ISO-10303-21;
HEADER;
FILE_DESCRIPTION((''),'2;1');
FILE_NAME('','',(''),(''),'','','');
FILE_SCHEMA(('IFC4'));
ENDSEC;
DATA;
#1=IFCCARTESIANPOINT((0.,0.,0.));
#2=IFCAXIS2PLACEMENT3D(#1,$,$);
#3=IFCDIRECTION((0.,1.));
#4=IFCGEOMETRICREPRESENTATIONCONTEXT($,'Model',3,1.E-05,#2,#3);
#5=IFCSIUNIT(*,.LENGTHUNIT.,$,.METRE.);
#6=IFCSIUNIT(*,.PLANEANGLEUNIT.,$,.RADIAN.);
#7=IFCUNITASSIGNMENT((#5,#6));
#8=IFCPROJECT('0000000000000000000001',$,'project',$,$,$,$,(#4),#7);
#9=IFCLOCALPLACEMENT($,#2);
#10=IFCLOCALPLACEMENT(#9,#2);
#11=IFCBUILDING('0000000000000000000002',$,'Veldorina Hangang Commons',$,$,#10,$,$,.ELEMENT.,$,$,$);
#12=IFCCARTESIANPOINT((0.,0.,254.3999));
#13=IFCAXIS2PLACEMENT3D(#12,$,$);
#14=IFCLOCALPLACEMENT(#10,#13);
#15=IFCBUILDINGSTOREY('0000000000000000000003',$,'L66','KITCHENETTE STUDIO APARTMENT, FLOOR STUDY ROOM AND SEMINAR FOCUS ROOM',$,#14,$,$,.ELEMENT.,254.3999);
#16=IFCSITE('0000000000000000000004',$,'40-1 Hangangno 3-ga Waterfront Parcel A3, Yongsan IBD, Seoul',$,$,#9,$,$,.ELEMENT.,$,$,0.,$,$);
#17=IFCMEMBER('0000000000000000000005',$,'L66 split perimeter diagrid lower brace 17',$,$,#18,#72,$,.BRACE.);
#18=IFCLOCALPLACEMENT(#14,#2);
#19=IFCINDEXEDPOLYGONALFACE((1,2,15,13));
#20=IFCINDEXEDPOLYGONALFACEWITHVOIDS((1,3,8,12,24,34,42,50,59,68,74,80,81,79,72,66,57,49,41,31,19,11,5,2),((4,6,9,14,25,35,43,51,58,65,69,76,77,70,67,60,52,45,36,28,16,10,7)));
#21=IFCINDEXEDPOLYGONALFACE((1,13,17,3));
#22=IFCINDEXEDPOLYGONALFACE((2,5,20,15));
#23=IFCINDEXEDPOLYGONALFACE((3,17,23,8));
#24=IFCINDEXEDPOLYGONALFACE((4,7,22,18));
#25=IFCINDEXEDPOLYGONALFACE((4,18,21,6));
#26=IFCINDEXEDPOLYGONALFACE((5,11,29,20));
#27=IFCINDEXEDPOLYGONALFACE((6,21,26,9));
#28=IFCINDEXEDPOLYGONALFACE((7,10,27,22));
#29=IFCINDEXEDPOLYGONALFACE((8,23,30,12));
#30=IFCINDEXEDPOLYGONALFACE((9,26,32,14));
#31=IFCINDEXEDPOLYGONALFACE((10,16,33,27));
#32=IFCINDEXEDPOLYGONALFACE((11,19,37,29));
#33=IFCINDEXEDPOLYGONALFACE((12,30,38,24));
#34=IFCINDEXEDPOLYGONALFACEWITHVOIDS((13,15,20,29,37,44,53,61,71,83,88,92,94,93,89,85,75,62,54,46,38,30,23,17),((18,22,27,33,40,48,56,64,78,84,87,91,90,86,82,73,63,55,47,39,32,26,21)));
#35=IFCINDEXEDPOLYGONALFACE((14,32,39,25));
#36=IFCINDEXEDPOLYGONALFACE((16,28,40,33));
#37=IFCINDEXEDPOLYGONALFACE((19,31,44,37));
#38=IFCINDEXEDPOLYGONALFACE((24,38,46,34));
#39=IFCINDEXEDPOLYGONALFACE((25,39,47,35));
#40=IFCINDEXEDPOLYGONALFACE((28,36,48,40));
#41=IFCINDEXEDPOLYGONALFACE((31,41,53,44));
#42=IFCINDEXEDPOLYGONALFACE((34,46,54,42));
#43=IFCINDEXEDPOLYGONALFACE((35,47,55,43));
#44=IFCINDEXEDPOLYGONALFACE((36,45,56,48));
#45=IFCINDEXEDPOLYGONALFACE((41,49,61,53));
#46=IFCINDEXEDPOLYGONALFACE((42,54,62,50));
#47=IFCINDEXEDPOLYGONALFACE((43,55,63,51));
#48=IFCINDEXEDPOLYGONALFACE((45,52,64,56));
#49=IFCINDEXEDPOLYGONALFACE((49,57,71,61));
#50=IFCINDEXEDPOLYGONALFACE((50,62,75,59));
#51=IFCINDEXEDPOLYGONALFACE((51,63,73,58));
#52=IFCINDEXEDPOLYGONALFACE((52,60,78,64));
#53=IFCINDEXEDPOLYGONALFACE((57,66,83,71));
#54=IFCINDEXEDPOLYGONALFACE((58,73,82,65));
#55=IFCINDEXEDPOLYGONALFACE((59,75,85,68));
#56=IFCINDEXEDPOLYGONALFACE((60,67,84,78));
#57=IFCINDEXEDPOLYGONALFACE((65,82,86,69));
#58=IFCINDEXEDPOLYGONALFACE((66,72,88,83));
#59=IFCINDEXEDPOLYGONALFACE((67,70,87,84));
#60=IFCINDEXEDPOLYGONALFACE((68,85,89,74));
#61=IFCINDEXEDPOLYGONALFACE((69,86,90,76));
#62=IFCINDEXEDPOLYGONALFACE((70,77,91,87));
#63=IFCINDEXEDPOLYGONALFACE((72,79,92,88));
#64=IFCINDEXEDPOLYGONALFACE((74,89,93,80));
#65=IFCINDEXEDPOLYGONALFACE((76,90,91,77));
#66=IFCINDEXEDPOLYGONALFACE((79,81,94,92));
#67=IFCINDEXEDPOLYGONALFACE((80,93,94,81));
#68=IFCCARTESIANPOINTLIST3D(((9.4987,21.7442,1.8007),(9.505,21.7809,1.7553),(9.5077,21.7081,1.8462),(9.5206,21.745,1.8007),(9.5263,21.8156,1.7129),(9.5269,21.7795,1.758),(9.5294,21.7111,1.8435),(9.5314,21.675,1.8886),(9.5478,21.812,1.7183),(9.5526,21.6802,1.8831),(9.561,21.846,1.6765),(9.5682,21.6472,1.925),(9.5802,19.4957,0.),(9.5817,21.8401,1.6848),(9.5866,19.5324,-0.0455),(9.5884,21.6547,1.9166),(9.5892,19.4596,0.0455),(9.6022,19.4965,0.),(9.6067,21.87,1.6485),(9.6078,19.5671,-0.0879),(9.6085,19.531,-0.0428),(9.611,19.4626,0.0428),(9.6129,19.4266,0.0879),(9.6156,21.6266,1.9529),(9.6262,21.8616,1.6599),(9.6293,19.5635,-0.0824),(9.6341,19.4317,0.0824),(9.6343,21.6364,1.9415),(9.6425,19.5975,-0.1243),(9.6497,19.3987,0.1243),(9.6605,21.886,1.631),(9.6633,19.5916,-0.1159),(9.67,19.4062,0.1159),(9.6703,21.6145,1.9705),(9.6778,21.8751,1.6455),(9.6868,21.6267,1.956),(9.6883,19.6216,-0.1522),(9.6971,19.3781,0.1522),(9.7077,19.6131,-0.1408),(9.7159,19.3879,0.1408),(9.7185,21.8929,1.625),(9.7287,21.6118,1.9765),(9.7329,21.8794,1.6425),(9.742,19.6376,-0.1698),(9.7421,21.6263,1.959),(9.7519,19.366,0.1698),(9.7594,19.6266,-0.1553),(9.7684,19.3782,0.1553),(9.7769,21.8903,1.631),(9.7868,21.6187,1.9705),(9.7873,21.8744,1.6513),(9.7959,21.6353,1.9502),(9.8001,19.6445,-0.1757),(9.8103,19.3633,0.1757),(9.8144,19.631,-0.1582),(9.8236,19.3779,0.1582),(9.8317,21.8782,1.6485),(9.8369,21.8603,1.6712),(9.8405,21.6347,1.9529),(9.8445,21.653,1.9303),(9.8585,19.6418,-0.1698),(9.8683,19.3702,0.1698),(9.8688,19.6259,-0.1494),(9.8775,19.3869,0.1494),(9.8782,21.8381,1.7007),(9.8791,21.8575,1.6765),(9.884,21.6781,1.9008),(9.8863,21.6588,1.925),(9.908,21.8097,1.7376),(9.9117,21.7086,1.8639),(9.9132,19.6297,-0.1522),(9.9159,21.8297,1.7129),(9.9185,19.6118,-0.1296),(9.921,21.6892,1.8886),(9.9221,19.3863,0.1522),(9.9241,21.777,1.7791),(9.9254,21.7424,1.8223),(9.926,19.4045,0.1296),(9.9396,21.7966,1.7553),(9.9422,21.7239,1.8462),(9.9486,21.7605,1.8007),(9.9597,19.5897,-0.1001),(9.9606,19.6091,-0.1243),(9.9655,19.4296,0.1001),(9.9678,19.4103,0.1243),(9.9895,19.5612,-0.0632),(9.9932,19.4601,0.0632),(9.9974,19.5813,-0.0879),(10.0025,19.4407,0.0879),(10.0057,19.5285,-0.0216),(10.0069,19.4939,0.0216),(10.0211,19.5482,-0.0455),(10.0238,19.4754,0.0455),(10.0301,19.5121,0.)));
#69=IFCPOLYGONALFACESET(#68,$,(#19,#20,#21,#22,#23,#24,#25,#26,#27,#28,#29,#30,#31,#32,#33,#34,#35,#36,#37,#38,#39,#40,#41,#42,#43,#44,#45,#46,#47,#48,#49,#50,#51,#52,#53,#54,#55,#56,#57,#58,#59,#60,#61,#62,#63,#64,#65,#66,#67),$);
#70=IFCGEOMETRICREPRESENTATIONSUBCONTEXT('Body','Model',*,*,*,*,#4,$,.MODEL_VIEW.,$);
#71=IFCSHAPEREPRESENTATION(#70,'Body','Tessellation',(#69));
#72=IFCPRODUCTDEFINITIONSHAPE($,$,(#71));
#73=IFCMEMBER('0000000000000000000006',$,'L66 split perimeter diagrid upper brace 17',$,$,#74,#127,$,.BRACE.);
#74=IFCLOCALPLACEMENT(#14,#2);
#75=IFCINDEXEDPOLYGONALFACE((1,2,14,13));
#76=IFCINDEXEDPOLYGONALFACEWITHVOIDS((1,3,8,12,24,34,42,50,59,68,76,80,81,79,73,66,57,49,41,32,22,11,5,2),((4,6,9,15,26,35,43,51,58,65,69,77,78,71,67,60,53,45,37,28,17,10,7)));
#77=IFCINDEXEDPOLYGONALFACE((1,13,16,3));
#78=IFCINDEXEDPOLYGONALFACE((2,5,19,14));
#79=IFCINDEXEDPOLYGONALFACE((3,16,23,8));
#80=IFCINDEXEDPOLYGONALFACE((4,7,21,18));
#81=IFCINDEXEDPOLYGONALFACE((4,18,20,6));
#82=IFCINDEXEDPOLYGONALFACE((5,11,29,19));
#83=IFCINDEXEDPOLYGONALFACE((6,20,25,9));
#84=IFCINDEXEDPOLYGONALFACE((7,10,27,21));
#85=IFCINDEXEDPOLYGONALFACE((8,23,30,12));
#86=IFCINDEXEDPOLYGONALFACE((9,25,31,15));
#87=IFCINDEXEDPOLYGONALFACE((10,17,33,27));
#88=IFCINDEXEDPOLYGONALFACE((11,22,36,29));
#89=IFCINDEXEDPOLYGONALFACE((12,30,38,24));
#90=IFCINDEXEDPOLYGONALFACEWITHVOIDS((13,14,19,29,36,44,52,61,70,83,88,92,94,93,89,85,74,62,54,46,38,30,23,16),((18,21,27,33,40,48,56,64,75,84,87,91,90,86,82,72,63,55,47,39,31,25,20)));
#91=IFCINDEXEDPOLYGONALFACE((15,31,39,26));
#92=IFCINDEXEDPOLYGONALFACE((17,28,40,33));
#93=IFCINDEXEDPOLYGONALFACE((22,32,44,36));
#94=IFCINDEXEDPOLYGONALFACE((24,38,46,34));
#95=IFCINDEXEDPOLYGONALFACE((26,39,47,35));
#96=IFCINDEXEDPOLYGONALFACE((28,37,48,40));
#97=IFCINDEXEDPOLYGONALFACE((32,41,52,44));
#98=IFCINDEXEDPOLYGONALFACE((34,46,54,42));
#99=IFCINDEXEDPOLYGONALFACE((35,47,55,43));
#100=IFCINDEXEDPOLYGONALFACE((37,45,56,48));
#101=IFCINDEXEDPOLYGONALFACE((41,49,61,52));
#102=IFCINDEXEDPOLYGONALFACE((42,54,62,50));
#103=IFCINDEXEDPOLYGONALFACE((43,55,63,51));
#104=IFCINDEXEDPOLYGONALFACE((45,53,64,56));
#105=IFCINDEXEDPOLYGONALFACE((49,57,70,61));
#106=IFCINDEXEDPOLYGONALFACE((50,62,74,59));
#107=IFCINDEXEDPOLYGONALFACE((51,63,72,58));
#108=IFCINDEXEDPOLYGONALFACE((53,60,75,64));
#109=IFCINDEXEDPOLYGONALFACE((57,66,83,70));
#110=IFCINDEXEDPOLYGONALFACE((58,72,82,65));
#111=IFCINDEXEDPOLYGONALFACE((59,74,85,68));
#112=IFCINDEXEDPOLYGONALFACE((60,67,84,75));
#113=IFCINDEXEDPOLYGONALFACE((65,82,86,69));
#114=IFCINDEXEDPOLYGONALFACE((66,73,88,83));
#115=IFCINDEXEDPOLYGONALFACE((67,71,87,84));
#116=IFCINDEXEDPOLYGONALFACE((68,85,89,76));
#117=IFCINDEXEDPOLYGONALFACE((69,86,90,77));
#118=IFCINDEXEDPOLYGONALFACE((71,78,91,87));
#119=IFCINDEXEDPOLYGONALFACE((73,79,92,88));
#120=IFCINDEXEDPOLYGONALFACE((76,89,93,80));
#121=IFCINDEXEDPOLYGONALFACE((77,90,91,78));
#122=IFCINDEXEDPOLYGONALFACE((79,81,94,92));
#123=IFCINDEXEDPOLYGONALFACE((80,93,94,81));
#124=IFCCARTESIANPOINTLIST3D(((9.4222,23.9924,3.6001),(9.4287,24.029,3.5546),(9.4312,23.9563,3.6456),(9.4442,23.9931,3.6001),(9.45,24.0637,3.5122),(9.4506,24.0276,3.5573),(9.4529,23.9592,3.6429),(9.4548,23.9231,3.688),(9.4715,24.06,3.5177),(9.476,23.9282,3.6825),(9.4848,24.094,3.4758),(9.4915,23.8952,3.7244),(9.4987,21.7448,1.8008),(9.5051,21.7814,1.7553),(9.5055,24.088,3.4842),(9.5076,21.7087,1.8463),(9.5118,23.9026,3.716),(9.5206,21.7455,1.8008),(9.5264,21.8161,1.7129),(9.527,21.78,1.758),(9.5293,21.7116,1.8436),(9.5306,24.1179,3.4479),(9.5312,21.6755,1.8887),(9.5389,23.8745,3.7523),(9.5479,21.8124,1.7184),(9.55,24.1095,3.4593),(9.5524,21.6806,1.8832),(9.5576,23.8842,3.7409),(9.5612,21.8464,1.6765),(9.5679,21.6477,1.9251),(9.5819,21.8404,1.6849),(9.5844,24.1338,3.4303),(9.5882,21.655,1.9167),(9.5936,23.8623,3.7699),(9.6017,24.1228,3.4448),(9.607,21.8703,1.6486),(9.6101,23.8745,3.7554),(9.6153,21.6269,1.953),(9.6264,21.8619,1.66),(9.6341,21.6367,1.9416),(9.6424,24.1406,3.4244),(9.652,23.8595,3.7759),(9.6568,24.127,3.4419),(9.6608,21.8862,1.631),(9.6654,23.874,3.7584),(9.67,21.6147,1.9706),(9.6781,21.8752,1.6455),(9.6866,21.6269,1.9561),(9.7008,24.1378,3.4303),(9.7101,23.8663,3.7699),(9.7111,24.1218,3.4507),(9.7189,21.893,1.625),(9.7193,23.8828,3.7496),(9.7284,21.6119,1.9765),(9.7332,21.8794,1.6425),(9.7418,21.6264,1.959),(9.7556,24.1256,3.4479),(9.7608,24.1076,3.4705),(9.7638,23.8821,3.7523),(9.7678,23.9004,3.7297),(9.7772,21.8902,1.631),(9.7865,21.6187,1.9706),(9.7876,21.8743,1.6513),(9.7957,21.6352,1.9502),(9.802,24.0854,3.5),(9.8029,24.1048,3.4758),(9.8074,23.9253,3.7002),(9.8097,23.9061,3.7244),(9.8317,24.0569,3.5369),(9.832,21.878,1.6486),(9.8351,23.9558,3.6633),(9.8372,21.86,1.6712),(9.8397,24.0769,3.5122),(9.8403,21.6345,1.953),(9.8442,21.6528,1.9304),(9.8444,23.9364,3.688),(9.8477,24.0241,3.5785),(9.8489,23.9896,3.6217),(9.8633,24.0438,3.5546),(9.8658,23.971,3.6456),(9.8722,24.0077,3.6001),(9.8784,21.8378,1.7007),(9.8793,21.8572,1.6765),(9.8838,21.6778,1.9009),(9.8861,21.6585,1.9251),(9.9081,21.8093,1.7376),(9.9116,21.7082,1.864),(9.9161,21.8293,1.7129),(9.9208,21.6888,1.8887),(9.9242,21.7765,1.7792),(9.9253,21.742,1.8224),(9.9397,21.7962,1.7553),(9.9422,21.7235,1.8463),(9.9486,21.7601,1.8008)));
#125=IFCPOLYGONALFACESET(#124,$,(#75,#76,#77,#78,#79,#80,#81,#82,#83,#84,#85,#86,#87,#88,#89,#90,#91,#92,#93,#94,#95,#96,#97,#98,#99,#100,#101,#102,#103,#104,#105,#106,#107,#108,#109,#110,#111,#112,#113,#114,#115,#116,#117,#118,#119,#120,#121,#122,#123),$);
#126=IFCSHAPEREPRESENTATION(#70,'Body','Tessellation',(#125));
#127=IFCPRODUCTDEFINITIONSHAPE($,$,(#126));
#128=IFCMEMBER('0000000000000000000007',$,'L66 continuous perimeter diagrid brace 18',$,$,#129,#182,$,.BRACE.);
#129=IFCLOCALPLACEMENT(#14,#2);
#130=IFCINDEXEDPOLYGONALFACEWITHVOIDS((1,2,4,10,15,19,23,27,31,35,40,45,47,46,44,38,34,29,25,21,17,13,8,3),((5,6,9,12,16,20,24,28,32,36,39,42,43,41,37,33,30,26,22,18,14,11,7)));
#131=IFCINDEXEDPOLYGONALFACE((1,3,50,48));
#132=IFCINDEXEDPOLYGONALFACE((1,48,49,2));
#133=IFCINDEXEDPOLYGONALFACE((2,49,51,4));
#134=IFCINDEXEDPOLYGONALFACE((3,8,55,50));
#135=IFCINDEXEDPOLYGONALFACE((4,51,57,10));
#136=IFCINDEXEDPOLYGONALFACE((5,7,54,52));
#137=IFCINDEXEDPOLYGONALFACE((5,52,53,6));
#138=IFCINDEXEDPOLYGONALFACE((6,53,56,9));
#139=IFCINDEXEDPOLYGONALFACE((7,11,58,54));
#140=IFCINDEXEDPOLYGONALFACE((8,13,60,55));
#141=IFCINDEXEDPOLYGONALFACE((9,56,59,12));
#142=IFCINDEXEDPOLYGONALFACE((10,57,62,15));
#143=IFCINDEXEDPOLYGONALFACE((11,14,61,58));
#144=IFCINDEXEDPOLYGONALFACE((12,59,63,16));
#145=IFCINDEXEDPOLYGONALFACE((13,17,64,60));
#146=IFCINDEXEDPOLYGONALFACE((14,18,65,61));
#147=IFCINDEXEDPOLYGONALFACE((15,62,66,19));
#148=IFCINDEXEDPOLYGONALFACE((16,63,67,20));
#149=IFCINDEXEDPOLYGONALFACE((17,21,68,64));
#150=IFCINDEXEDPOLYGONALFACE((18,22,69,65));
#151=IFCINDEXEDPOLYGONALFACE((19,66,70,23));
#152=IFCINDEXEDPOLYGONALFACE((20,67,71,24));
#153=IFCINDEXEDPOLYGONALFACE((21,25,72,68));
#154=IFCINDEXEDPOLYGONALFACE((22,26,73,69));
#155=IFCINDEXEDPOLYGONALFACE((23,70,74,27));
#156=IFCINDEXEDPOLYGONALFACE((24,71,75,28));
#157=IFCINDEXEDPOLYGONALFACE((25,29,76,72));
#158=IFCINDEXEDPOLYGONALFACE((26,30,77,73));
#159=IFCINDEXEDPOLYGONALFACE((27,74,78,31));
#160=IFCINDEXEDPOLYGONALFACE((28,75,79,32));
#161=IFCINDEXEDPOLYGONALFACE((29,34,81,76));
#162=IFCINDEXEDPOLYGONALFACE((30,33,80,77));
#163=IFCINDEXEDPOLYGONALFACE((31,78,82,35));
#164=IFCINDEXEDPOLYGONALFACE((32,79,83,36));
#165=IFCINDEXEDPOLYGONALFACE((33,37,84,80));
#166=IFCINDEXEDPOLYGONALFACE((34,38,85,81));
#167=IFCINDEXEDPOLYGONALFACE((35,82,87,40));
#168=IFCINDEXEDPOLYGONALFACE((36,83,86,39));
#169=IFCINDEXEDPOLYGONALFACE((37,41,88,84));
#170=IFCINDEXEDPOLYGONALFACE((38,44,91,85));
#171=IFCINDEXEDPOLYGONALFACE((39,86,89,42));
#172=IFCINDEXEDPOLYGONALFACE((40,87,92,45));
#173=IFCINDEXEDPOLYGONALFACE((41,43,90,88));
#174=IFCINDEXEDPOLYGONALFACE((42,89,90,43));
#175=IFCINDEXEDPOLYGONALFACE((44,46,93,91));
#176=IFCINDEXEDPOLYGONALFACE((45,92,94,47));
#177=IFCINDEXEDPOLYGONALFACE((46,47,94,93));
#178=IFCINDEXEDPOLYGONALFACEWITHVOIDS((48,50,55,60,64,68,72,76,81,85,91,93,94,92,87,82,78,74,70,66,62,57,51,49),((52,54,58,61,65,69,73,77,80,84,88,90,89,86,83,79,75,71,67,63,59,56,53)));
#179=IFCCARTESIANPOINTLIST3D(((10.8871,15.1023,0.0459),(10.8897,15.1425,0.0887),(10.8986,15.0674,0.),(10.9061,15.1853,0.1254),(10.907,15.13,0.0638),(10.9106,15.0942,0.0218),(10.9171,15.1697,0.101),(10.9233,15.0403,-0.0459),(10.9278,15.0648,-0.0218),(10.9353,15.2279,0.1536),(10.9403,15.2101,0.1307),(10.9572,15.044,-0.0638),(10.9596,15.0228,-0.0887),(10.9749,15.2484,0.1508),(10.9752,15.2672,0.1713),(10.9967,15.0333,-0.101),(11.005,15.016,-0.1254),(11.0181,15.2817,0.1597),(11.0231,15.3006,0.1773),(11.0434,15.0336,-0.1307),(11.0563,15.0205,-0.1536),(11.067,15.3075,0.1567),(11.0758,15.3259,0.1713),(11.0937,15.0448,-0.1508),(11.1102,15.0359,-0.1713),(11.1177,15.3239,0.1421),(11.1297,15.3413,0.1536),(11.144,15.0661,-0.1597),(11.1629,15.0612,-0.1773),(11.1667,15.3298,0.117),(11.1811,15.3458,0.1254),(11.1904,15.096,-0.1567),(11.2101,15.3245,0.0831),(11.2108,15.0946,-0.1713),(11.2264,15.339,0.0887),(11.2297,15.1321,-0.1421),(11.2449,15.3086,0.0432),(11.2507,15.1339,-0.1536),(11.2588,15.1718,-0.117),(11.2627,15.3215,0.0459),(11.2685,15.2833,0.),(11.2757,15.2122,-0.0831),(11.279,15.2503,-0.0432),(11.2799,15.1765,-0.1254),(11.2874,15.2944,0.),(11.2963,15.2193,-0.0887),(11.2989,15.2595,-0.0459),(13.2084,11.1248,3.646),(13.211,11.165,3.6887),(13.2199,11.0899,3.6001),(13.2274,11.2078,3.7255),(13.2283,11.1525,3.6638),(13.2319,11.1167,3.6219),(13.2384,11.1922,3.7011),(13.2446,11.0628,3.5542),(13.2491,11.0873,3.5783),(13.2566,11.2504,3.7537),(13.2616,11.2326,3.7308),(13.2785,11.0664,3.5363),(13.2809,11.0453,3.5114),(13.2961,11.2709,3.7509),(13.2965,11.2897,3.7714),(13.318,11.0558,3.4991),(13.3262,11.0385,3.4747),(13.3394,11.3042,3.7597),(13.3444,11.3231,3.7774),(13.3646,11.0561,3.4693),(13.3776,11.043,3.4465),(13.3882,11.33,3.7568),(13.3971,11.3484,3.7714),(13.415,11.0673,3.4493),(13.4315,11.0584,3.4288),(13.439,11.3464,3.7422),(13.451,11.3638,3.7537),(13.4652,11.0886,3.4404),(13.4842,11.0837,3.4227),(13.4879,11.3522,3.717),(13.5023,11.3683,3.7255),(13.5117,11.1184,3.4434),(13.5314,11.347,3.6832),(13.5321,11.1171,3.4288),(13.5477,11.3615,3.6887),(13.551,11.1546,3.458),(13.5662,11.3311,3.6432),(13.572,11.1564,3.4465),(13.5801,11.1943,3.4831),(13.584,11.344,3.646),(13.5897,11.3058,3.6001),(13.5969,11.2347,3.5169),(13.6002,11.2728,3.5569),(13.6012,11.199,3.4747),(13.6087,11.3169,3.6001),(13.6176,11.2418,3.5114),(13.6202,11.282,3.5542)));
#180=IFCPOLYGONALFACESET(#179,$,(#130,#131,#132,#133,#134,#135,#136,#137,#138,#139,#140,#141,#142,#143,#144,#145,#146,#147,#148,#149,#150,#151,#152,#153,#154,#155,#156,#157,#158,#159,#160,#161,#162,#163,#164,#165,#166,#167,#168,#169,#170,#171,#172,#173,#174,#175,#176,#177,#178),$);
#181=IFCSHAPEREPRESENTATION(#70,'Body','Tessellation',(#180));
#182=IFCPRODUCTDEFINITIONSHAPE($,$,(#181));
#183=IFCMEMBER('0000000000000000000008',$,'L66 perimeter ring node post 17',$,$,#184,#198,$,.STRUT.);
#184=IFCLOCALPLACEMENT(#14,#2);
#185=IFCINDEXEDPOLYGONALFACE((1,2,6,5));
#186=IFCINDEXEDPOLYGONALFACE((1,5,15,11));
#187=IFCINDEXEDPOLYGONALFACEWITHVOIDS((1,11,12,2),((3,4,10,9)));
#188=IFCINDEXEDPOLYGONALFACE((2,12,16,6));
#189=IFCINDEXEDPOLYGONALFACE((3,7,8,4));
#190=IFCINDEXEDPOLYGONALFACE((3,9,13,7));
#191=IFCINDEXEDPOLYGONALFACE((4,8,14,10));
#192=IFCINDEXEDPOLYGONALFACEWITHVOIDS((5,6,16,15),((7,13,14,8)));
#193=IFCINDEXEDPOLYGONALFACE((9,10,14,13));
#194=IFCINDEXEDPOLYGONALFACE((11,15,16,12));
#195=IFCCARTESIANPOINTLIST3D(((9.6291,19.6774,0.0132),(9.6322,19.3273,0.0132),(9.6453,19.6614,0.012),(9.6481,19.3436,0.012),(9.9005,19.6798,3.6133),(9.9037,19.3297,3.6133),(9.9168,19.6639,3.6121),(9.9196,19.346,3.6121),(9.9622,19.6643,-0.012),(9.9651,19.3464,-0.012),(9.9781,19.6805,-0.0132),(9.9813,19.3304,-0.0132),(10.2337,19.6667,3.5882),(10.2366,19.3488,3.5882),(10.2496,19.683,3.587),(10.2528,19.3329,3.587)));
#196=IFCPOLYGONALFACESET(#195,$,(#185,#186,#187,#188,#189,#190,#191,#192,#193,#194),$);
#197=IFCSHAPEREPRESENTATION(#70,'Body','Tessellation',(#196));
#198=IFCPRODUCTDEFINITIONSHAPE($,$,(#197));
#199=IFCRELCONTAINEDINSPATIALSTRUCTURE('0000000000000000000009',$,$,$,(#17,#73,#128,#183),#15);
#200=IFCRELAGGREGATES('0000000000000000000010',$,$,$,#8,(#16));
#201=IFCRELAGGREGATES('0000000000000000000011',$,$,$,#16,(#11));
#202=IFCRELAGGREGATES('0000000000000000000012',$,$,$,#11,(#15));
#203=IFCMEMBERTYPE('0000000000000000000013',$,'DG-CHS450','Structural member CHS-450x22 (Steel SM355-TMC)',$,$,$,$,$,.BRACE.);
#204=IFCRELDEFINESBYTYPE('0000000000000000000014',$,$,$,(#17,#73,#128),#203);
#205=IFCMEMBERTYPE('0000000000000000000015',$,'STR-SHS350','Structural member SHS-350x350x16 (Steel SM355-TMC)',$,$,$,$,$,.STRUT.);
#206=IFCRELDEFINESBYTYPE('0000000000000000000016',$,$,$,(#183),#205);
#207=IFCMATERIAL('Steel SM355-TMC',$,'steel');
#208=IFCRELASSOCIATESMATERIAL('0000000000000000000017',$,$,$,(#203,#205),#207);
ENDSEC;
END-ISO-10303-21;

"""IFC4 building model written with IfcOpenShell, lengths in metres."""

from ifc_helpers import new_model, si_unit, direction, frame, origin, origin_2d, place, context, subcontext, project, spatial, hollow_rectangle, hollow_circle, extrude, material, material_profile, profile_set, type_object, element, save


model = new_model("IFC4")

# Units and contexts
model_context = context("Model", 3, precision=1e-05, world=origin(), true_north=direction((0.0, 1.0)))
body_context = subcontext(model_context, "Body", "Model", "MODEL_VIEW")
ifc_project = project(units=[si_unit("LENGTHUNIT", "METRE"), si_unit("PLANEANGLEUNIT", "RADIAN")], contexts=[model_context])

# Site, building, storey
site_placement = place(None, origin())
site = spatial("IfcSite", under=ifc_project, at=site_placement, Name="40-1 Hangangno 3-ga Waterfront Parcel A3, Yongsan IBD, Seoul", CompositionType="ELEMENT", RefElevation=0.0)
building_placement = place(site_placement, origin())
building = spatial("IfcBuilding", under=site, at=building_placement, Name="Veldorina Hangang Commons", CompositionType="ELEMENT")
storey_placement = place(building_placement, frame((0.0, 0.0, 254.3999)))
storey = spatial("IfcBuildingStorey", under=building, at=storey_placement, Name="L66", Description="KITCHENETTE STUDIO APARTMENT, FLOOR STUDY ROOM AND SEMINAR FOCUS ROOM", CompositionType="ELEMENT", Elevation=254.3999)

# Shared definitions
ifc_material_1 = material(Name="Steel SM355-TMC", Category="steel")

# Members
ifc_material_profile_1 = material_profile(ifc_material_1, hollow_circle(Radius=0.2251, WallThickness=0.022, at=origin_2d()), Name="CHS-450x22")
ifc_profile_set_1 = profile_set([ifc_material_profile_1], Name="Steel SM355-TMC")
member_type_1 = type_object("IfcMemberType", Name="DG-CHS450", Description="Structural member CHS-450x22 (Steel SM355-TMC)", PredefinedType="BRACE", material=ifc_profile_set_1)
member_1_placement = place(storey_placement, frame((9.8052, 19.5039, 0.0), z_axis=(-0.028295, 0.780225, 0.624858), x_axis=(-0.999343, -0.036241, 0.0)))
element("IfcMember", 1, at=member_1_placement, inside=storey, type_object=member_type_1, Name="L66 split perimeter diagrid lower brace 17", PredefinedType="BRACE", context=body_context, shape_type="SweptSolid", body=[
    extrude(hollow_circle(Radius=0.2251, WallThickness=0.022, at=origin_2d()), origin(), (0.0, 0.0, 1.0), 2.8818),
])
member_2_placement = place(storey_placement, frame((9.7236, 21.7524, 1.8008), z_axis=(-0.026533, 0.780379, 0.624744), x_axis=(-0.999423, -0.03398, 0.0)))
element("IfcMember", 2, at=member_2_placement, inside=storey, type_object=member_type_1, Name="L66 split perimeter diagrid upper brace 17", PredefinedType="BRACE", context=body_context, shape_type="SweptSolid", body=[
    extrude(hollow_circle(Radius=0.2251, WallThickness=0.022, at=origin_2d()), origin(), (0.0, 0.0, 1.0), 2.8801),
])
member_3_placement = place(storey_placement, frame((11.093, 15.1809, 0.0), z_axis=(0.397107, -0.680444, 0.615875), x_axis=(0.863679, 0.504042, 0.0)))
element("IfcMember", 3, at=member_3_placement, inside=storey, type_object=member_type_1, Name="L66 continuous perimeter diagrid brace 18", PredefinedType="BRACE", context=body_context, shape_type="SweptSolid", body=[
    extrude(hollow_circle(Radius=0.2251, WallThickness=0.022, at=origin_2d()), origin(), (0.0, 0.0, 1.0), 5.8455),
])
ifc_material_profile_2 = material_profile(ifc_material_1, hollow_rectangle(XDim=0.3501, YDim=0.3501, WallThickness=0.0161, at=origin_2d()), Name="SHS-350x350x16")
ifc_profile_set_2 = profile_set([ifc_material_profile_2], Name="Steel SM355-TMC")
member_type_2 = type_object("IfcMemberType", Name="STR-SHS350", Description="Structural member SHS-350x350x16 (Steel SM355-TMC)", PredefinedType="STRUT", material=ifc_profile_set_2)
member_4_placement = place(storey_placement, frame((9.8052, 19.5039, 0.0), z_axis=(0.075197, 0.000676, 0.997168), x_axis=(-0.008992, 0.99996, 0.0)))
element("IfcMember", 4, at=member_4_placement, inside=storey, type_object=member_type_2, Name="L66 perimeter ring node post 17", PredefinedType="STRUT", context=body_context, shape_type="SweptSolid", body=[
    extrude(hollow_rectangle(XDim=0.3501, YDim=0.3501, WallThickness=0.0161, at=origin_2d()), origin(), (0.0, 0.0, 1.0), 3.6104),
])

save(model, "model.ifc")
